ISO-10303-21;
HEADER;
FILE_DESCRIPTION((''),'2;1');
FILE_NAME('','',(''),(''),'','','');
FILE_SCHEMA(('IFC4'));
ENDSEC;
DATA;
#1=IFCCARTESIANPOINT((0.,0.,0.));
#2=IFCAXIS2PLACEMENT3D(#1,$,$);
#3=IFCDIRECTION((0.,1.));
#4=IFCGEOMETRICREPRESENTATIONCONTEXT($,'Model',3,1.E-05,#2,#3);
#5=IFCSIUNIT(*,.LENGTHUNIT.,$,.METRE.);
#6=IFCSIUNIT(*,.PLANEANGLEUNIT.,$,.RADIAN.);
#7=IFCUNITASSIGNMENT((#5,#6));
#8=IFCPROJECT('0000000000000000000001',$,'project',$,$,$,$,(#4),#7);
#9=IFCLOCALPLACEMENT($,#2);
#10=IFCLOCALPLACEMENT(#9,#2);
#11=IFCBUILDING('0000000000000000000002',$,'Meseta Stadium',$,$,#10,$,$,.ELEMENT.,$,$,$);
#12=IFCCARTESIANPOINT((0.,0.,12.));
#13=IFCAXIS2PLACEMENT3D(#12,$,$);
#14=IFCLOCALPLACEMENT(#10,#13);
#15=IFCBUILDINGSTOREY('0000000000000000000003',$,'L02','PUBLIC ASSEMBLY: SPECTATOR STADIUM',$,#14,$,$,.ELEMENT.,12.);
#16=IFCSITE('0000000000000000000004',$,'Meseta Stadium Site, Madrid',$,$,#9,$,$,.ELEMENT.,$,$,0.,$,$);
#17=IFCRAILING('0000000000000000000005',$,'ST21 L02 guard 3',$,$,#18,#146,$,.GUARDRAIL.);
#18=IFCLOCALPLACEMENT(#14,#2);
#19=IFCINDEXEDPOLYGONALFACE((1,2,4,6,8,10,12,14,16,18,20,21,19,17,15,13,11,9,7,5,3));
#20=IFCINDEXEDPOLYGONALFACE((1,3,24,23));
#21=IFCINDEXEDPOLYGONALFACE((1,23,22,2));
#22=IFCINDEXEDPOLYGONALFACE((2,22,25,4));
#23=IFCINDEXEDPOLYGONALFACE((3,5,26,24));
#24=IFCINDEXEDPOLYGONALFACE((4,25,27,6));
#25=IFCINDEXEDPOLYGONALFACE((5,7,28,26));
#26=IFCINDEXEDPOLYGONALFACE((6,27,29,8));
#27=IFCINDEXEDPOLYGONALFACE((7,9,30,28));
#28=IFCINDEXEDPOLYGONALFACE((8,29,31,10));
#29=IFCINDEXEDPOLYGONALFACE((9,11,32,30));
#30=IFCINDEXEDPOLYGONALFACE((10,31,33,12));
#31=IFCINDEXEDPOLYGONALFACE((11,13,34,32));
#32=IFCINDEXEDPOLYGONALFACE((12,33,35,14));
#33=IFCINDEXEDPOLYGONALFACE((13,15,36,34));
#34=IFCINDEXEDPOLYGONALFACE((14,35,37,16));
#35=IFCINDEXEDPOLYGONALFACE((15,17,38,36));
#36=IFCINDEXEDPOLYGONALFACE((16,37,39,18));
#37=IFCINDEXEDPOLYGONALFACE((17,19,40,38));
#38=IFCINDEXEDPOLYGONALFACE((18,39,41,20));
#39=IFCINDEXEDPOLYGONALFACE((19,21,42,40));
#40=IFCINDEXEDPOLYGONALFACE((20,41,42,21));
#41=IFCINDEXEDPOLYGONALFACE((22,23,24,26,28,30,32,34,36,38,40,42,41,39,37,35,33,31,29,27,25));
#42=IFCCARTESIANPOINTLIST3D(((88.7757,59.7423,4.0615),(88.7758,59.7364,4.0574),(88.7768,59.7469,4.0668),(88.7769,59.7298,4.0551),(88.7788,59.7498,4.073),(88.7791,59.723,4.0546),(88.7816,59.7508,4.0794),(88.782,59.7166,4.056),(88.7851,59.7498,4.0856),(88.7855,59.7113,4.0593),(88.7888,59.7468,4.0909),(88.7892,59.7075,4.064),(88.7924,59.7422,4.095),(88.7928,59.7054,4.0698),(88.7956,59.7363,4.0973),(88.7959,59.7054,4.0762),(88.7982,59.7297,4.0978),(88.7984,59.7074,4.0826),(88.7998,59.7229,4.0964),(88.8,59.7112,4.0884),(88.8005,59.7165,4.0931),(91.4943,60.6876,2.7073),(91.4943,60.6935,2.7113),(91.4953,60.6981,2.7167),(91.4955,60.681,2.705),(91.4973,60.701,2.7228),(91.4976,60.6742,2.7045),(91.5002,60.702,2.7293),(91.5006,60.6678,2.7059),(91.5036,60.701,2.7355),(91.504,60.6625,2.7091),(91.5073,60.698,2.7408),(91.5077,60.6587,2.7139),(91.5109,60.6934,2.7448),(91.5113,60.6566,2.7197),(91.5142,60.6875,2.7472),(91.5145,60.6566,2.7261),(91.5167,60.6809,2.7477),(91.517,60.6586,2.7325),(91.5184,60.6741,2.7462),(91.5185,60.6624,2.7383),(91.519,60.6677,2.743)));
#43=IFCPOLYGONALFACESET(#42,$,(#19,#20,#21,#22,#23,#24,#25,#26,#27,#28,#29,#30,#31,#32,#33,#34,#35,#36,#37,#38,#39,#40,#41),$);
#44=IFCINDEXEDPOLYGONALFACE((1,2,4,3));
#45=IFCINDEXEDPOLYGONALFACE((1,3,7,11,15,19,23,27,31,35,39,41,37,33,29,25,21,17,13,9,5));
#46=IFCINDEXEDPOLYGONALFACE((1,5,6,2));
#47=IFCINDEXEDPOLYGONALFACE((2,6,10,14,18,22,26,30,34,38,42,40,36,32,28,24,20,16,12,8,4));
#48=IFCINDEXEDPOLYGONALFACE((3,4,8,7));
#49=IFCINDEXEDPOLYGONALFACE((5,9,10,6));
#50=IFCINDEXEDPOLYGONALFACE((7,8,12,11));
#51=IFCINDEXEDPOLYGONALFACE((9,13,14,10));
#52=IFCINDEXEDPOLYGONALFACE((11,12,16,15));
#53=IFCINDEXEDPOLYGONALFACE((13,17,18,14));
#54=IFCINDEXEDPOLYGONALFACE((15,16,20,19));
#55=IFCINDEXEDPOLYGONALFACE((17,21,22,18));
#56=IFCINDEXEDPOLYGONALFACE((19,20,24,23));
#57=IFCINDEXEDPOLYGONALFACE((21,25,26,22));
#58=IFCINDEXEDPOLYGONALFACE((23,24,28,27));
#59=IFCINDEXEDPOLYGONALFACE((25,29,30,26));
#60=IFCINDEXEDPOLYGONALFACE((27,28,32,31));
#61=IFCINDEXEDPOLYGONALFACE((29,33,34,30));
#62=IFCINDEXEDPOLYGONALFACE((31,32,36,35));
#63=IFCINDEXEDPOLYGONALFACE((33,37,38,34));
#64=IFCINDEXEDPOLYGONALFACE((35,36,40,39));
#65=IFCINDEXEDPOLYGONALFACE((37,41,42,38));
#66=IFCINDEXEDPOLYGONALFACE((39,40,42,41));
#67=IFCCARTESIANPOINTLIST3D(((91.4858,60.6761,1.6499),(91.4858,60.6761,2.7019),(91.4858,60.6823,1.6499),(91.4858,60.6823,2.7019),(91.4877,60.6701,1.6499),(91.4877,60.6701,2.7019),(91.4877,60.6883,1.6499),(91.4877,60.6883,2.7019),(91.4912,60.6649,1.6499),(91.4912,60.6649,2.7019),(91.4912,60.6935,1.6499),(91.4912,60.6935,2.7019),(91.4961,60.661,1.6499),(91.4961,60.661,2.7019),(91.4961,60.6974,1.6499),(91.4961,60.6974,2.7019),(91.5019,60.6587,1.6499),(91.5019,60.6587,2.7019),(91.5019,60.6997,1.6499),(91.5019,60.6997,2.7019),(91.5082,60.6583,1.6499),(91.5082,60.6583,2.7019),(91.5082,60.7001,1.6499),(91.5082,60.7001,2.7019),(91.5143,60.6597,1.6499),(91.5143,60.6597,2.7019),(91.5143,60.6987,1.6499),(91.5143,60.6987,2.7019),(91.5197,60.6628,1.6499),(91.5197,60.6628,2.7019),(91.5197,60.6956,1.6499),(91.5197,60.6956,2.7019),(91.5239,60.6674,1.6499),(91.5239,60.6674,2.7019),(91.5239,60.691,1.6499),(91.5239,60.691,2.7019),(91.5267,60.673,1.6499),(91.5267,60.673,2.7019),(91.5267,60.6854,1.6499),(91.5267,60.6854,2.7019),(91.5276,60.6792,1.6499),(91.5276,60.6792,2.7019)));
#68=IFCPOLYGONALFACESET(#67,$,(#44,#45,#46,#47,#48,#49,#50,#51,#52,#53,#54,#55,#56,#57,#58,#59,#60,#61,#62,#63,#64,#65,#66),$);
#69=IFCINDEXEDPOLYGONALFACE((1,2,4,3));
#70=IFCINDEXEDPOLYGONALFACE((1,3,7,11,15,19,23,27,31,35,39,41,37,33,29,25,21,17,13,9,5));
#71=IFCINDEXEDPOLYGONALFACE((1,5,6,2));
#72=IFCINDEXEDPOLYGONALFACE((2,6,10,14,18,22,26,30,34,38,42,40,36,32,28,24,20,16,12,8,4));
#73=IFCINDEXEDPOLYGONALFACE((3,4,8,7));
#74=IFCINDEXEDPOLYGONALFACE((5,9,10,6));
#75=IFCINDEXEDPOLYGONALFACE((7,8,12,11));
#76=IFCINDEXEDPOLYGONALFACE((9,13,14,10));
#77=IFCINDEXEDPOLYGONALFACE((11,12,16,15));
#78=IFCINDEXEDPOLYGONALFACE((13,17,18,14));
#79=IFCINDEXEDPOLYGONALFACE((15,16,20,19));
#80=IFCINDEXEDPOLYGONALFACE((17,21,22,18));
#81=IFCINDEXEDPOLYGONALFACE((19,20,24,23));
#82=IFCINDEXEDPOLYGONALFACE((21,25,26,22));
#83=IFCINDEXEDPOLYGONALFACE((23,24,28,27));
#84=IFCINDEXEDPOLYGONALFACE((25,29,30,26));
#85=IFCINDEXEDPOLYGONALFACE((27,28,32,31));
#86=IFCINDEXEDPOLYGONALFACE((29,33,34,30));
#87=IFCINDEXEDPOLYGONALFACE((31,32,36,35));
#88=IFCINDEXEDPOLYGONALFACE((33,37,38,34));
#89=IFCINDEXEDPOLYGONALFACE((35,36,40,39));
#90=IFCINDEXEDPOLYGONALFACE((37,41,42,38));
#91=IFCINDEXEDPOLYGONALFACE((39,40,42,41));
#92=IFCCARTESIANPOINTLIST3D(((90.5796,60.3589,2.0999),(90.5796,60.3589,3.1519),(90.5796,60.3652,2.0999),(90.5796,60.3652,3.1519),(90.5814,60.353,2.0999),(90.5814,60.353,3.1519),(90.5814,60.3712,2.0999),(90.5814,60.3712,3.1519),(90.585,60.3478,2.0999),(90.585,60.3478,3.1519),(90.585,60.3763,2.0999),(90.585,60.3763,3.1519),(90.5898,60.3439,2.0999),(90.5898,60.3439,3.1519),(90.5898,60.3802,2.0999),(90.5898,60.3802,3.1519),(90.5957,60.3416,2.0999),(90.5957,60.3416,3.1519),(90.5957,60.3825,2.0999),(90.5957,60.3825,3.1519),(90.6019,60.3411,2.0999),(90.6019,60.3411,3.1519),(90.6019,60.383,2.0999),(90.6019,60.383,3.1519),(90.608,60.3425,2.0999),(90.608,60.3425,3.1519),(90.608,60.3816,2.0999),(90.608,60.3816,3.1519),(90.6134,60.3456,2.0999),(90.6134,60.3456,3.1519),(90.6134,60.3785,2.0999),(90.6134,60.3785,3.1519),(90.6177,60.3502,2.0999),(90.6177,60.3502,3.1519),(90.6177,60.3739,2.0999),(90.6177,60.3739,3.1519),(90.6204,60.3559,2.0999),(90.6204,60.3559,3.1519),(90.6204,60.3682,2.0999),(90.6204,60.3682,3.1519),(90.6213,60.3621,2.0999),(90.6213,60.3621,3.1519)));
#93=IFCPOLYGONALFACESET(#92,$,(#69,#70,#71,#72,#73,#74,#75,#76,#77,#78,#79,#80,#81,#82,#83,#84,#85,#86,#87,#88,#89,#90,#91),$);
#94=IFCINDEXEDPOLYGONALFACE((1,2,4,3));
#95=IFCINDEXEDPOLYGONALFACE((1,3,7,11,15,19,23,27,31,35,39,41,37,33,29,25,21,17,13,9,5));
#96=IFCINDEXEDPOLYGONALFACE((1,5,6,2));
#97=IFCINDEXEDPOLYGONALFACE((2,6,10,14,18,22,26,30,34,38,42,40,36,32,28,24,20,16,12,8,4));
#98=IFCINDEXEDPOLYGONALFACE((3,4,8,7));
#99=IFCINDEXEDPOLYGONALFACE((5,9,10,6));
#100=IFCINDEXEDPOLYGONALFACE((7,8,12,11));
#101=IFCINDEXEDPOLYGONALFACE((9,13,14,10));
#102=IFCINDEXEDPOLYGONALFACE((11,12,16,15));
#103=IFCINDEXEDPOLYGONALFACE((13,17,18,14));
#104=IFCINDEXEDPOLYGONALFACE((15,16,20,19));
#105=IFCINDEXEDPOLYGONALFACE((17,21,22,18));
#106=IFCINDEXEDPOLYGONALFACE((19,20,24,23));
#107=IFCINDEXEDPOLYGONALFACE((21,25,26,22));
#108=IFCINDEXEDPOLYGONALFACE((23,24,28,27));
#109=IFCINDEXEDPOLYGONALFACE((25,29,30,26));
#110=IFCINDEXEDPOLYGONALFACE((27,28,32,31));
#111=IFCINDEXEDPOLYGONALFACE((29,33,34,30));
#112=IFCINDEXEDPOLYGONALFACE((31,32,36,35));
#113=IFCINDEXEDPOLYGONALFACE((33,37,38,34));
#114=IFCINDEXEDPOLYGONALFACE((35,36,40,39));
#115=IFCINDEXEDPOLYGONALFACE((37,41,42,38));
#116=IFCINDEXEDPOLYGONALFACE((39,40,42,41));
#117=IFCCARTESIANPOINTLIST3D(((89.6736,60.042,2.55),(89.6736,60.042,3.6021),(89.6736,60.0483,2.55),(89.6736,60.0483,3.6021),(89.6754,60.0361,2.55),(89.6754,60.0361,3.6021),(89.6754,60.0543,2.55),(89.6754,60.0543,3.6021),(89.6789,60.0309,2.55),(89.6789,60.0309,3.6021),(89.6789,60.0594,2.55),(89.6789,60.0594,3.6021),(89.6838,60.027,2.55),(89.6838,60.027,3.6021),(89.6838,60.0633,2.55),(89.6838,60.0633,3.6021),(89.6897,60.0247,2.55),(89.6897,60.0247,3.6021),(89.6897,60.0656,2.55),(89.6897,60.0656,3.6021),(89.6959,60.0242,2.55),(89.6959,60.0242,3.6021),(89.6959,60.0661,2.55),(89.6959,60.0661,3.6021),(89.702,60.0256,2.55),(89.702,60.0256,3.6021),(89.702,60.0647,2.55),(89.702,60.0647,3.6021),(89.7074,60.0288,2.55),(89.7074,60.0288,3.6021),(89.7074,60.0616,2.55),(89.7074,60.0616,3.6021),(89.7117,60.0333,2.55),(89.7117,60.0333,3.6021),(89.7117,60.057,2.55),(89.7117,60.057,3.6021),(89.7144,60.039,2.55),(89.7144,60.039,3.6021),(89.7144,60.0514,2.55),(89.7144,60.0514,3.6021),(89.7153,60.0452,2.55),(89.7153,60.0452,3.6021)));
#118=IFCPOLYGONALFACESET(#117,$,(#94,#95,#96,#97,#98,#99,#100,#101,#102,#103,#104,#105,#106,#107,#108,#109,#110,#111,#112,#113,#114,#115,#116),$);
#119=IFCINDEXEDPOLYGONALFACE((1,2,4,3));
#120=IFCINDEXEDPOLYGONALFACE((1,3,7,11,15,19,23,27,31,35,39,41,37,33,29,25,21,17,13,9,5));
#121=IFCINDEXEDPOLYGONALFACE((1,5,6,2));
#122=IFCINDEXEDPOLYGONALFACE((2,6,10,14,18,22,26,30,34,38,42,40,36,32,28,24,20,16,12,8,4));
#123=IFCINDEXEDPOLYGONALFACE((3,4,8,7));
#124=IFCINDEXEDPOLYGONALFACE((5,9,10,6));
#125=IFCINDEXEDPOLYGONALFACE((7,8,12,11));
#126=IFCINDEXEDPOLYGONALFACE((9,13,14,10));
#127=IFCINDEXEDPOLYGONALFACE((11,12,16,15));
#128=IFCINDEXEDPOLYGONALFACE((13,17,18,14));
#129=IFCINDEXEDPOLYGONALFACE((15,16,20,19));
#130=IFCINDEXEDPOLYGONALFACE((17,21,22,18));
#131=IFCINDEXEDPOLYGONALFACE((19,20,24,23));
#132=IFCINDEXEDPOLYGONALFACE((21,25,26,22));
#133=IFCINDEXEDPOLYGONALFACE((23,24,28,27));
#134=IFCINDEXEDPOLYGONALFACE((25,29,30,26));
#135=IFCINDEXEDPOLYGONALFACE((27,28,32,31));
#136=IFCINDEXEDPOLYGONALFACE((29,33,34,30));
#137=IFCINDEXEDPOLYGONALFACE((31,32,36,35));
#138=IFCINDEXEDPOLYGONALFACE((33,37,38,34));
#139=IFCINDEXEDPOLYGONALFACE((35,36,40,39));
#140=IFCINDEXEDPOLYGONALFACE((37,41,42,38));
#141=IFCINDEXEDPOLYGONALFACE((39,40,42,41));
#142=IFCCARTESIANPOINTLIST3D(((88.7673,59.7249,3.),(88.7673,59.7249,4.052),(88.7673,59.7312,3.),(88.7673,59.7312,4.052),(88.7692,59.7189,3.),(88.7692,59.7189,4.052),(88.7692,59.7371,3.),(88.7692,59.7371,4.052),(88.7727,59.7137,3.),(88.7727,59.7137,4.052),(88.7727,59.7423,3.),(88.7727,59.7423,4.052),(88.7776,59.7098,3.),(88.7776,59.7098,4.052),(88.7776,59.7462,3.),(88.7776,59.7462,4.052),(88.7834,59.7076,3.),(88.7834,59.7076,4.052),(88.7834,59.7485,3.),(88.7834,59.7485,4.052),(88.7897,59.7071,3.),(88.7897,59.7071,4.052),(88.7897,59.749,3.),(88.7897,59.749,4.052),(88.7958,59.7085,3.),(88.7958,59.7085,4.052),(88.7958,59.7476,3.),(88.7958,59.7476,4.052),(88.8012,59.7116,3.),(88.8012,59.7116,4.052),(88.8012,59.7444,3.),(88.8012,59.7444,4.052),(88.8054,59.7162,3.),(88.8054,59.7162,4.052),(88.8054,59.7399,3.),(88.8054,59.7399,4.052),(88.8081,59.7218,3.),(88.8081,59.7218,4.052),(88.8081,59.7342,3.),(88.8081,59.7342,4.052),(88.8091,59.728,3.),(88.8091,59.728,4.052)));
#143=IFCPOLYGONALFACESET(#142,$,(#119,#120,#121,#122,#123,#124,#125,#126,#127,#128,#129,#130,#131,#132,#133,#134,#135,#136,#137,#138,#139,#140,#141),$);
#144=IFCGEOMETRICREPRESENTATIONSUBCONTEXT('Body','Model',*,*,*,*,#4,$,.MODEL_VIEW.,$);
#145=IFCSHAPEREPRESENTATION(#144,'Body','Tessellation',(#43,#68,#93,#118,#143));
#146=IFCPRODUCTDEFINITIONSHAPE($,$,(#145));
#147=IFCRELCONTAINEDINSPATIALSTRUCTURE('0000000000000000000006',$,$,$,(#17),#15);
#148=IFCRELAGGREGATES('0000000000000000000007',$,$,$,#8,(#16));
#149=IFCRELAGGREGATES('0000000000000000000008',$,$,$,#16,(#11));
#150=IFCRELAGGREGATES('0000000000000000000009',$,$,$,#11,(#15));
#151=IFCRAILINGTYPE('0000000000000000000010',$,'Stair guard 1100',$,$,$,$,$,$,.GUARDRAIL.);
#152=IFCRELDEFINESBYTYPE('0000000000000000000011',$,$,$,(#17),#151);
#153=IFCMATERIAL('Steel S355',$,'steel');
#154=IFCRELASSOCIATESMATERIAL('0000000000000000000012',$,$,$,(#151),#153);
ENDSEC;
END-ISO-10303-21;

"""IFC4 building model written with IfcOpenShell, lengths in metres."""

from ifc_helpers import new_model, si_unit, direction, frame, origin, origin_2d, place, context, subcontext, project, spatial, circle, extrude, material, type_object, element, save


model = new_model("IFC4")

# Units and contexts
model_context = context("Model", 3, precision=1e-05, world=origin(), true_north=direction((0.0, 1.0)))
body_context = subcontext(model_context, "Body", "Model", "MODEL_VIEW")
ifc_project = project(units=[si_unit("LENGTHUNIT", "METRE"), si_unit("PLANEANGLEUNIT", "RADIAN")], contexts=[model_context])

# Site, building, storey
site_placement = place(None, origin())
site = spatial("IfcSite", under=ifc_project, at=site_placement, Name="Meseta Stadium Site, Madrid", CompositionType="ELEMENT", RefElevation=0.0)
building_placement = place(site_placement, origin())
building = spatial("IfcBuilding", under=site, at=building_placement, Name="Meseta Stadium", CompositionType="ELEMENT")
storey_placement = place(building_placement, frame((0.0, 0.0, 12.0)))
storey = spatial("IfcBuildingStorey", under=building, at=storey_placement, Name="L02", Description="PUBLIC ASSEMBLY: SPECTATOR STADIUM", CompositionType="ELEMENT", Elevation=12.0)

# Railing
ifc_material_1 = material(Name="Steel S355", Category="steel")
railing_type_1 = type_object("IfcRailingType", Name="Stair guard 1100", PredefinedType="GUARDRAIL", material=ifc_material_1)
railing_1_placement = place(storey_placement, frame((91.5066, 60.6792, 1.6499)))
element("IfcRailing", 1, at=railing_1_placement, inside=storey, type_object=railing_type_1, Name="ST21 L02 guard 3", PredefinedType="GUARDRAIL", context=body_context, shape_type="SweptSolid", body=[
    extrude(circle(Radius=0.0239, at=origin_2d()), frame((0.0, 0.0, 1.0762), z_axis=(-0.854649, -0.299031, 0.424446), x_axis=(0.330256, -0.943891, 0.0)), (0.0, 0.0, 1.0), 3.1809),
    extrude(circle(Radius=0.021, at=origin_2d()), origin(), (0.0, 0.0, 1.0), 1.052),
    extrude(circle(Radius=0.021, at=origin_2d()), frame((-0.9062, -0.3171, 0.45)), (0.0, 0.0, 1.0), 1.052),
    extrude(circle(Radius=0.021, at=origin_2d()), frame((-1.8123, -0.634, 0.9001)), (0.0, 0.0, 1.0), 1.052),
    extrude(circle(Radius=0.021, at=origin_2d()), frame((-2.7185, -0.9512, 1.3501)), (0.0, 0.0, 1.0), 1.052),
])

save(model, "model.ifc")
